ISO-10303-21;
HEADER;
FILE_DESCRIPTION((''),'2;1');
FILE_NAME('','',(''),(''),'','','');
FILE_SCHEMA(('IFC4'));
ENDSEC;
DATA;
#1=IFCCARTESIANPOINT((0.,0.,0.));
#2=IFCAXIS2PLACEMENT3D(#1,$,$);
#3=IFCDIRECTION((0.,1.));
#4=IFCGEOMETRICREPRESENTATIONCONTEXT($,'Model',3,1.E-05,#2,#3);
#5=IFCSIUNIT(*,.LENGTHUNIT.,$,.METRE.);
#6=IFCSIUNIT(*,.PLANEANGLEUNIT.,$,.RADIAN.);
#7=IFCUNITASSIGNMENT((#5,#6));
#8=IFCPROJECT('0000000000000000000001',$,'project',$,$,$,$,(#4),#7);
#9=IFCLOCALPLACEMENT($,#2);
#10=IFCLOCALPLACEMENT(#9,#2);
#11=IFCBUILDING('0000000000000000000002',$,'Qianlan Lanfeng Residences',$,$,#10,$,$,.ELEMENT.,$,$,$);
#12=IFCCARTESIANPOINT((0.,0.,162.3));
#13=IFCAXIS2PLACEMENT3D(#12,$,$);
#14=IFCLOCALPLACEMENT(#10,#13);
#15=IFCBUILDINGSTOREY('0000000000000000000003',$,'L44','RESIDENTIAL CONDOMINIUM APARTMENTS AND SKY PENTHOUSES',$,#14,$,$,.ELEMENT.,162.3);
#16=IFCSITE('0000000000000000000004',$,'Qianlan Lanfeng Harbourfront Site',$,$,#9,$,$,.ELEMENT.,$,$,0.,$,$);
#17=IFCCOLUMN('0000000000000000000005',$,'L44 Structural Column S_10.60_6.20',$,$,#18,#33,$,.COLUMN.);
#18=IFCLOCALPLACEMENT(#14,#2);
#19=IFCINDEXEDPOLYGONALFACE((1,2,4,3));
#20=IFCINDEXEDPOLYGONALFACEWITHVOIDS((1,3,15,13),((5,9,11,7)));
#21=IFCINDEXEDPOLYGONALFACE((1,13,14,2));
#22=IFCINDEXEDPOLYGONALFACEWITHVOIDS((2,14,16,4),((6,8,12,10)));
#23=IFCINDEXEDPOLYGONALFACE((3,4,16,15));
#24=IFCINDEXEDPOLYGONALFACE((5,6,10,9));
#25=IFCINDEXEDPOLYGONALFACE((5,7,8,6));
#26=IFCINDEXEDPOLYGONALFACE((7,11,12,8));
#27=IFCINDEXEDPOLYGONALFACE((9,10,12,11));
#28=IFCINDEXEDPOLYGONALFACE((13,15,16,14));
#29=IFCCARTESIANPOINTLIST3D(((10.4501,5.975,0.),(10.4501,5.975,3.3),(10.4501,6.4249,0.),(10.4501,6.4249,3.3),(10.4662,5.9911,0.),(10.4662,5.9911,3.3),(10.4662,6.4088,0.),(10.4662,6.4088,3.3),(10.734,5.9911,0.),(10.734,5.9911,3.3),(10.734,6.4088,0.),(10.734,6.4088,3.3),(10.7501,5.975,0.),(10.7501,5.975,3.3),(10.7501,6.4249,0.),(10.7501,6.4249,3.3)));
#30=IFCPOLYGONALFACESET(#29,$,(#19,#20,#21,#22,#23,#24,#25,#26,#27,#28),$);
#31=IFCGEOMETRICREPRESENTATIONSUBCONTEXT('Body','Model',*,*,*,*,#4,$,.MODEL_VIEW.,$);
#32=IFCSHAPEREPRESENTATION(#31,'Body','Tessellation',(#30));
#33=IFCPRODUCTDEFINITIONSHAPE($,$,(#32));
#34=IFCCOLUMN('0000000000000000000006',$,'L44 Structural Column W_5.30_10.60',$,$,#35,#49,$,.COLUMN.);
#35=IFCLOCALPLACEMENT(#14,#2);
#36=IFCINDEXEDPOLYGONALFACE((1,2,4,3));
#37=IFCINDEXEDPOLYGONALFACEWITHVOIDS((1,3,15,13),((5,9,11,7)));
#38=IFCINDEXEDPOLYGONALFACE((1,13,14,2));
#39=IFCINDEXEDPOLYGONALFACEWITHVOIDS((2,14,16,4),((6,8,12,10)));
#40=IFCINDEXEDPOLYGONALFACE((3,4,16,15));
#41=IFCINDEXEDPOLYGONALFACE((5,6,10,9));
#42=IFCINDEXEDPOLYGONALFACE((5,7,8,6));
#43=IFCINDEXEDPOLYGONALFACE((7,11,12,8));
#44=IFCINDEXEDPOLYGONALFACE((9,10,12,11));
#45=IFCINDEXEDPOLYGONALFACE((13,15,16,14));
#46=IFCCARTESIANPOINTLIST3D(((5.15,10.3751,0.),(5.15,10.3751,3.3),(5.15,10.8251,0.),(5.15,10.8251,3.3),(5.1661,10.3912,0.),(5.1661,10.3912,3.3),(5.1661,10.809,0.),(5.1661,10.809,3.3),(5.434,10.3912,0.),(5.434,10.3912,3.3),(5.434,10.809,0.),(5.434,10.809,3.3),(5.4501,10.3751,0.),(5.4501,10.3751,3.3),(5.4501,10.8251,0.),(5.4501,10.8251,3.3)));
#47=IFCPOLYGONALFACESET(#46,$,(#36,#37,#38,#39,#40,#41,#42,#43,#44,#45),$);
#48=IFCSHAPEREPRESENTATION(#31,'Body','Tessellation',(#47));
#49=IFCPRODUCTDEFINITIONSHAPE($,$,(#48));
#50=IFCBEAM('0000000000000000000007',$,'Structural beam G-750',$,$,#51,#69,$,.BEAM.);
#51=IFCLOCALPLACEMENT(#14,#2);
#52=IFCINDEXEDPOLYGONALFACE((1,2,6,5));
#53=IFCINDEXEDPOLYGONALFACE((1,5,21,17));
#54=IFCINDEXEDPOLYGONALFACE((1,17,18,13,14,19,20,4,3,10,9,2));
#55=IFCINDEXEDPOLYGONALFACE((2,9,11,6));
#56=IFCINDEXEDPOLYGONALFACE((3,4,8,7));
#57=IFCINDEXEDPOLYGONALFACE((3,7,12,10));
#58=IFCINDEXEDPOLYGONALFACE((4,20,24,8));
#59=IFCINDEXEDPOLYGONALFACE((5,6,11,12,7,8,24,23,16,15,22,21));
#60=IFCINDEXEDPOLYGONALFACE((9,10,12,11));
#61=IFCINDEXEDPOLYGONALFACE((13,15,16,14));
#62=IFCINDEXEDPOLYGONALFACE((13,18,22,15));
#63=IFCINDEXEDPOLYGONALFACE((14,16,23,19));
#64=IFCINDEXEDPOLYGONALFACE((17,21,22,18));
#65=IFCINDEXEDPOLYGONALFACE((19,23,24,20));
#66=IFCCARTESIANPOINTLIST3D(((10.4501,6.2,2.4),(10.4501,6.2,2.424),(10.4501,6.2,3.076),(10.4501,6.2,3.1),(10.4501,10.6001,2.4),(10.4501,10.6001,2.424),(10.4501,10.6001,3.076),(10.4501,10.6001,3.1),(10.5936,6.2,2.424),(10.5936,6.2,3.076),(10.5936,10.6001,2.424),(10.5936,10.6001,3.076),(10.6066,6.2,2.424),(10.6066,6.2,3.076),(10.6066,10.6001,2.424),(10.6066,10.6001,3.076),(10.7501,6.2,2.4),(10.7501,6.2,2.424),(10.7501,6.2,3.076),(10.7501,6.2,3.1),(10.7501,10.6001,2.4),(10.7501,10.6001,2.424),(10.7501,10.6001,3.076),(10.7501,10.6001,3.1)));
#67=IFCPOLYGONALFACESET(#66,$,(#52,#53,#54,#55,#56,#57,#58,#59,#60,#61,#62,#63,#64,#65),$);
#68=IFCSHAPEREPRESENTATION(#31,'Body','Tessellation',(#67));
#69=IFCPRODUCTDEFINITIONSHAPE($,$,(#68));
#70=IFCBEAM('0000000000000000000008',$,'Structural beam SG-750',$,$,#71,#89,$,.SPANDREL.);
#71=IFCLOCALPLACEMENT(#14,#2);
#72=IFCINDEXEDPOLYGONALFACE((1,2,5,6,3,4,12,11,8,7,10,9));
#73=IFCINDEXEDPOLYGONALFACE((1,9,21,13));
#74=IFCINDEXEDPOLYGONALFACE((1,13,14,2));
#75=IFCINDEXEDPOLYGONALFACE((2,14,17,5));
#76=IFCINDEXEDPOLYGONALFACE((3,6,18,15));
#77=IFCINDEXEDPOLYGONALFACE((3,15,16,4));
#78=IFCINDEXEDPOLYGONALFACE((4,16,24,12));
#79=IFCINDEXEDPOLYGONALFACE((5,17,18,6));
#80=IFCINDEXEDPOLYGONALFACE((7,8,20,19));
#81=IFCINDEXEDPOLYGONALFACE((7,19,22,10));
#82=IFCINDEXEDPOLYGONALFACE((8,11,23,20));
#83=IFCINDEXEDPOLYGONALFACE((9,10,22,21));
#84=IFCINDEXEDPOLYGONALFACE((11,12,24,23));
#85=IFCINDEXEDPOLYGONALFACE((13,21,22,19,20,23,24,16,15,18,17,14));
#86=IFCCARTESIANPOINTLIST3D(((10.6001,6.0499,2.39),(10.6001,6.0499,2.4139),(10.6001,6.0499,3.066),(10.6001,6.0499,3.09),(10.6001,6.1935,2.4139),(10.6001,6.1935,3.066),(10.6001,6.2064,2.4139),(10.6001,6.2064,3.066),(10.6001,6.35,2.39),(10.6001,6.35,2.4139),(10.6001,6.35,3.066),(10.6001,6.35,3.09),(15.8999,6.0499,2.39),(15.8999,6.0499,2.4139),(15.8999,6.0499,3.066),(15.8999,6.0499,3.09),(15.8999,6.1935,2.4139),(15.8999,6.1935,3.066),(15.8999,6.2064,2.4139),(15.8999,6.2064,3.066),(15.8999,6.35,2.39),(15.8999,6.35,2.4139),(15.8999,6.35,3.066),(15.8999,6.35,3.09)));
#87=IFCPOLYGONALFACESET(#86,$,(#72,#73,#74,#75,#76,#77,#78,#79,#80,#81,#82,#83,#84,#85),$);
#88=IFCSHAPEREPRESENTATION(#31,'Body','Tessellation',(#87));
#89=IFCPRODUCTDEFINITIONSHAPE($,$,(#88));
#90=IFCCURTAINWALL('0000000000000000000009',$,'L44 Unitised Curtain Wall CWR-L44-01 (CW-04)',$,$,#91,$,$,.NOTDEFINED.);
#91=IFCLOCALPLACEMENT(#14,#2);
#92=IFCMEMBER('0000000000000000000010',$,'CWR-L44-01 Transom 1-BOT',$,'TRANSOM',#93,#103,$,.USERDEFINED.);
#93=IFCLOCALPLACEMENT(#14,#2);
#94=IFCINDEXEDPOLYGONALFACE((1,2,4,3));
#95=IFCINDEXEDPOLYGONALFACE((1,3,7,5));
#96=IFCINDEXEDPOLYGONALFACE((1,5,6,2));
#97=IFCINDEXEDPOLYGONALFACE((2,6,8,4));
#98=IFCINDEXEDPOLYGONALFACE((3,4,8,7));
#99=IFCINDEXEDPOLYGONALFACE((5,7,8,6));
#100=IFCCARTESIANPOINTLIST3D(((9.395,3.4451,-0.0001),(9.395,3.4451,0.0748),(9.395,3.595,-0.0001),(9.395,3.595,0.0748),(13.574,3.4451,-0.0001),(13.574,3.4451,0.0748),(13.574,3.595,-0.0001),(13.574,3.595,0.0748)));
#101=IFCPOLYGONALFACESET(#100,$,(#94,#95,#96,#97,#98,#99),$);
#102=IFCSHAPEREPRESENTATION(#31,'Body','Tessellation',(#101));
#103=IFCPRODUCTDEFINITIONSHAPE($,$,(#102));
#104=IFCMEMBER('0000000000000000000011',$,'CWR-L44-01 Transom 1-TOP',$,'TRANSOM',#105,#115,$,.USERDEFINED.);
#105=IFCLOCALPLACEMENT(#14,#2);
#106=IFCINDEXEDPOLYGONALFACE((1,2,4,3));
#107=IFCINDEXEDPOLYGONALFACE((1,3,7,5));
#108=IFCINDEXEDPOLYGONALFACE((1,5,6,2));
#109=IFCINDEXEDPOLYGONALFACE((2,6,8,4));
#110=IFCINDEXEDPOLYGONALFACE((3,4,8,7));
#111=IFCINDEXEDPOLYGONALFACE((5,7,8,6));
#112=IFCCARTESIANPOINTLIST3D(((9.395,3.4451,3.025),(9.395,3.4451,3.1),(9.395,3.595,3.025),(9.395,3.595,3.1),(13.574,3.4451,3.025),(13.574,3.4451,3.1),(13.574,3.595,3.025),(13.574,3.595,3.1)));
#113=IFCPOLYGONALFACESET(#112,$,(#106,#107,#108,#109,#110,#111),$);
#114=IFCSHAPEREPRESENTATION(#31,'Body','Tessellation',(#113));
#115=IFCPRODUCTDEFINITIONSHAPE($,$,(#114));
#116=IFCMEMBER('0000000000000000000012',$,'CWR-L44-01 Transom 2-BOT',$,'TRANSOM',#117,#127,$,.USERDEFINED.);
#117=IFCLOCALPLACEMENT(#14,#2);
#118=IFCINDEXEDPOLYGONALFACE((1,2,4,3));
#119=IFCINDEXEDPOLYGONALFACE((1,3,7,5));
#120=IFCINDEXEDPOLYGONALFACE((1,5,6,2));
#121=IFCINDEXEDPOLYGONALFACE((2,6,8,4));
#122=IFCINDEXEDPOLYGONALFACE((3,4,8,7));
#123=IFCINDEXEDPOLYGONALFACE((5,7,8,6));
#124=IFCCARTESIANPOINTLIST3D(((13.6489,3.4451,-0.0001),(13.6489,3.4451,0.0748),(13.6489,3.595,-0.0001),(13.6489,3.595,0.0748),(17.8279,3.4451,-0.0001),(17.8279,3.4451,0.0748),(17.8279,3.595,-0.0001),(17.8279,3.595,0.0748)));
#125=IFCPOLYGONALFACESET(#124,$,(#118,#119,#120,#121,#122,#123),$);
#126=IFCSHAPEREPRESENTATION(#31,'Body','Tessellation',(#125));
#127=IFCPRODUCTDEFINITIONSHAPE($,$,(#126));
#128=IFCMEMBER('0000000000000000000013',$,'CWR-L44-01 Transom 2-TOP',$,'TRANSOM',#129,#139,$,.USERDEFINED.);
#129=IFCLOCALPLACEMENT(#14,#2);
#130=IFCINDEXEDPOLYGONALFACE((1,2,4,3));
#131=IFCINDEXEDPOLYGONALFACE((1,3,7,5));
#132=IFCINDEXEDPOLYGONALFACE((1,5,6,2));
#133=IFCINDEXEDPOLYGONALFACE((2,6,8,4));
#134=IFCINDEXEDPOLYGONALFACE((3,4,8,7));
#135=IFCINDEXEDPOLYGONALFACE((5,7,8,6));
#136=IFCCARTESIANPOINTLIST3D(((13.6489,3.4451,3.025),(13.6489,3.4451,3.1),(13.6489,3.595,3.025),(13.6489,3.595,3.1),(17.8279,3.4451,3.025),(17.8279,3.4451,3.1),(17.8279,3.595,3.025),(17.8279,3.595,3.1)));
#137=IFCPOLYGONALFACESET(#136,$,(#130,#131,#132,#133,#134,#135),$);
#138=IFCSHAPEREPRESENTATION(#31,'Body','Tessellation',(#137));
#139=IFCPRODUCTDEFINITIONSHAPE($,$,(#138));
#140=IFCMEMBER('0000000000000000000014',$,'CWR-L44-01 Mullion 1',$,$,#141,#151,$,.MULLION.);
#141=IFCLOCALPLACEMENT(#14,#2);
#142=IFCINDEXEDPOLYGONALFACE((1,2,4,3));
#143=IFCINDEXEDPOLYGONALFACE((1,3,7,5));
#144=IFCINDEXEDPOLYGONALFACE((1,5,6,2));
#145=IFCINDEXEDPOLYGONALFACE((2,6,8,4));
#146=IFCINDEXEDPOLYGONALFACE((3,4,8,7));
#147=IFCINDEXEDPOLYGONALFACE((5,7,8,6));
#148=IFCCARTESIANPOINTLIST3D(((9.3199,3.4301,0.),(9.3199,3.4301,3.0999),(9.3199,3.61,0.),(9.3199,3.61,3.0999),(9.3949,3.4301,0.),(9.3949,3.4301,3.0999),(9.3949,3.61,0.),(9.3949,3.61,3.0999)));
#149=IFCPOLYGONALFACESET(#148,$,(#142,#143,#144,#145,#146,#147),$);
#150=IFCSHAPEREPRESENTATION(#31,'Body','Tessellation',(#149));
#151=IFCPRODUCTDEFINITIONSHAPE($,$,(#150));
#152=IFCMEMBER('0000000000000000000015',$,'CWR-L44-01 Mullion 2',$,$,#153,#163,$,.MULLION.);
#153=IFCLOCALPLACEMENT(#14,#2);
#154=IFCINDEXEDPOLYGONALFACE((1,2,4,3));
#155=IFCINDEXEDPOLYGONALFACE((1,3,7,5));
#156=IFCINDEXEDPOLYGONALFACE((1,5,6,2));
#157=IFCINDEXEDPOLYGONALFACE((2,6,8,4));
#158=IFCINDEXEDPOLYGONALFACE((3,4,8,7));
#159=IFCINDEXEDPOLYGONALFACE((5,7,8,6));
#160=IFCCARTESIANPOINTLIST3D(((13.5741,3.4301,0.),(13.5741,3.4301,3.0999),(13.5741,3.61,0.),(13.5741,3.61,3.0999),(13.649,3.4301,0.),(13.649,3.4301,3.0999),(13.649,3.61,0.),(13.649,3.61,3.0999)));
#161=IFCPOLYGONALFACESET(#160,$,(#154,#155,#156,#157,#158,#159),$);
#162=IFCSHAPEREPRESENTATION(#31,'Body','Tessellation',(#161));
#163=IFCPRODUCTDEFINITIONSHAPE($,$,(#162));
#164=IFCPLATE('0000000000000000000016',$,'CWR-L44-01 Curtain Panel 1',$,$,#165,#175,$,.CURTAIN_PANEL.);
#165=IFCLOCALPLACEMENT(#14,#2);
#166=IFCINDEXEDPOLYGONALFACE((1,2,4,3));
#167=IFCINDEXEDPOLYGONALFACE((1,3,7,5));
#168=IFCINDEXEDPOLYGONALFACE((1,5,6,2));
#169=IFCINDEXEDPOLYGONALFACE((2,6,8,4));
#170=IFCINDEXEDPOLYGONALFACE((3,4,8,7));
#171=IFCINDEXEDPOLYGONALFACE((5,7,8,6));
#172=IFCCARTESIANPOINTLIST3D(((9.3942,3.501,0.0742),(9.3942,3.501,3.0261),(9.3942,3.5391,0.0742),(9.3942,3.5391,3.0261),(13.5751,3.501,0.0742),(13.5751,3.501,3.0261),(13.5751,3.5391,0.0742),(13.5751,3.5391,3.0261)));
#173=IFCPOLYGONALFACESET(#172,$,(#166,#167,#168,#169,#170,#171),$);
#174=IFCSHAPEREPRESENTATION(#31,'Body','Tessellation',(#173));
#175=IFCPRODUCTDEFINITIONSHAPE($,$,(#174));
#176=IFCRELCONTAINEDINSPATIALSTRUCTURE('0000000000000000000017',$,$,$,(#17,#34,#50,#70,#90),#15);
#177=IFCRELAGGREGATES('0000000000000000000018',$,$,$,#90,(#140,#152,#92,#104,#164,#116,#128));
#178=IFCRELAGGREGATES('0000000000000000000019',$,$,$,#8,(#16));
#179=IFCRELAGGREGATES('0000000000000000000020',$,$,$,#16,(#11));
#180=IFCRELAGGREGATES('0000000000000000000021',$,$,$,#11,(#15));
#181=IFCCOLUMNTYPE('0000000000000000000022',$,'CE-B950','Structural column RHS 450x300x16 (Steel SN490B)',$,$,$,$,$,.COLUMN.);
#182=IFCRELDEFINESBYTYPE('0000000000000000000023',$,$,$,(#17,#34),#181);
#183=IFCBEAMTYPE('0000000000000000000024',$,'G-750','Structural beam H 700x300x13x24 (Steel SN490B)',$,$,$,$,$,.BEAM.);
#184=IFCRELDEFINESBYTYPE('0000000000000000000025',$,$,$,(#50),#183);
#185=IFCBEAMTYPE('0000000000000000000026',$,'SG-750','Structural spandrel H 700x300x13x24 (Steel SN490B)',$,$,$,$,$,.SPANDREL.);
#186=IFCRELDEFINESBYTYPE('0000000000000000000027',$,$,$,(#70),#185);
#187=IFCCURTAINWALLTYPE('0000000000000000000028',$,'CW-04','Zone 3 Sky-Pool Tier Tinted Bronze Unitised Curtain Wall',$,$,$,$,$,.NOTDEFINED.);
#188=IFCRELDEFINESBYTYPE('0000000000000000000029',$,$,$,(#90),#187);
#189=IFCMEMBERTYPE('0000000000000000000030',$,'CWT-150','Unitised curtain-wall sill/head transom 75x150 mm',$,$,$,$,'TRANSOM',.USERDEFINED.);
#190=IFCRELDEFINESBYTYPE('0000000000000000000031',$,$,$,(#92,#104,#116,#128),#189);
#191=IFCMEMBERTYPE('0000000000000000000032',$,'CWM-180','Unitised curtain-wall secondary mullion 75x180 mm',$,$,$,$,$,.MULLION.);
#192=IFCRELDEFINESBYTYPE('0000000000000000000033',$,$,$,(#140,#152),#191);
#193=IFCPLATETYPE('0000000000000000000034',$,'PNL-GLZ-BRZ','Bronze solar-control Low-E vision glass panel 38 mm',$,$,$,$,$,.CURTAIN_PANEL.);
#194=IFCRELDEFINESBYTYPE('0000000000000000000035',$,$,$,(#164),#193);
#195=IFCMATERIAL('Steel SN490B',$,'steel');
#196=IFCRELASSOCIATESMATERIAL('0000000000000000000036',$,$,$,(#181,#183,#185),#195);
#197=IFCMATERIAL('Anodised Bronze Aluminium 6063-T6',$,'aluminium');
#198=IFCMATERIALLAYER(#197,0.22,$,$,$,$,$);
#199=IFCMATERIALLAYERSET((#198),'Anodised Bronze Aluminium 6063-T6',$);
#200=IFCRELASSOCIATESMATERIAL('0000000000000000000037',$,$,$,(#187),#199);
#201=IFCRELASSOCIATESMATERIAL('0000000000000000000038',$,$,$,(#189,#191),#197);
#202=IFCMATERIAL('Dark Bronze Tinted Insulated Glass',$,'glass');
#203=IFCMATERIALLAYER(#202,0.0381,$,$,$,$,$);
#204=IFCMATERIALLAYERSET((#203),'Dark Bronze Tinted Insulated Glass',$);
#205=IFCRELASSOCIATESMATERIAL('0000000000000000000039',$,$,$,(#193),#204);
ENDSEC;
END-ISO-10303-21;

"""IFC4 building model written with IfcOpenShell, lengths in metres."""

from ifc_helpers import new_model, si_unit, direction, frame, origin, origin_2d, place, context, subcontext, project, spatial, rectangle, hollow_rectangle, i_section, extrude, source, transform, mapped, material, layer, layer_set, material_profile, profile_set, type_object, element, aggregate, save


model = new_model("IFC4")

# Units and contexts
model_context = context("Model", 3, precision=1e-05, world=origin(), true_north=direction((0.0, 1.0)))
body_context = subcontext(model_context, "Body", "Model", "MODEL_VIEW")
ifc_project = project(units=[si_unit("LENGTHUNIT", "METRE"), si_unit("PLANEANGLEUNIT", "RADIAN")], contexts=[model_context])

# Site, building, storey
site_placement = place(None, origin())
site = spatial("IfcSite", under=ifc_project, at=site_placement, Name="Qianlan Lanfeng Harbourfront Site", CompositionType="ELEMENT", RefElevation=0.0)
building_placement = place(site_placement, origin())
building = spatial("IfcBuilding", under=site, at=building_placement, Name="Qianlan Lanfeng Residences", CompositionType="ELEMENT")
storey_placement = place(building_placement, frame((0.0, 0.0, 162.3)))
storey = spatial("IfcBuildingStorey", under=building, at=storey_placement, Name="L44", Description="RESIDENTIAL CONDOMINIUM APARTMENTS AND SKY PENTHOUSES", CompositionType="ELEMENT", Elevation=162.3)

# Columns
ifc_material_1 = material(Name="Steel SN490B", Category="steel")
ifc_material_profile_1 = material_profile(ifc_material_1, hollow_rectangle(XDim=0.3, YDim=0.45, WallThickness=0.0161, at=origin_2d()), Name="RHS 450x300x16")
ifc_profile_set_1 = profile_set([ifc_material_profile_1], Name="Steel SN490B")
column_type = type_object("IfcColumnType", Name="CE-B950", Description="Structural column RHS 450x300x16 (Steel SN490B)", PredefinedType="COLUMN", material=ifc_profile_set_1)
for number, where, z_axis, x_axis, name in (
    (1, (10.6001, 6.2, 0.0), (0.0, 0.0, 1.0), (1.0, 0.0, 0.0), "L44 Structural Column S_10.60_6.20"),
    (2, (5.3, 10.6001, 0.0), (0.0, 0.0, 1.0), (1.0, 0.0, 0.0), "L44 Structural Column W_5.30_10.60"),
):
    element("IfcColumn", number, at=place(storey_placement, frame(where, z_axis=z_axis, x_axis=x_axis)), inside=storey, type_object=column_type, Name=name, PredefinedType="COLUMN", context=body_context, shape_type="SweptSolid", body=[
        extrude(hollow_rectangle(XDim=0.3, YDim=0.45, WallThickness=0.0161, at=origin_2d()), origin(), (0.0, 0.0, 1.0), 3.3),
    ])

# Beams
ifc_material_profile_2 = material_profile(ifc_material_1, i_section(OverallWidth=0.3, OverallDepth=0.7, WebThickness=0.0129, FlangeThickness=0.0239, at=origin_2d()), Name="H 700x300x13x24")
ifc_profile_set_2 = profile_set([ifc_material_profile_2], Name="Steel SN490B")
beam_type_1 = type_object("IfcBeamType", Name="G-750", Description="Structural beam H 700x300x13x24 (Steel SN490B)", PredefinedType="BEAM", material=ifc_profile_set_2)
beam_1_placement = place(storey_placement, frame((10.6001, 6.2, 2.75), z_axis=(0.0, 1.0, 0.0), x_axis=(-1.0, 0.0, 0.0)))
element("IfcBeam", 3, at=beam_1_placement, inside=storey, type_object=beam_type_1, Name="Structural beam G-750", PredefinedType="BEAM", context=body_context, shape_type="SweptSolid", body=[
    extrude(i_section(OverallWidth=0.3, OverallDepth=0.7, WebThickness=0.0129, FlangeThickness=0.0239, at=origin_2d()), origin(), (0.0, 0.0, 1.0), 4.4001),
])
ifc_material_profile_3 = material_profile(ifc_material_1, i_section(OverallWidth=0.3, OverallDepth=0.7, WebThickness=0.0129, FlangeThickness=0.0239, at=origin_2d()), Name="H 700x300x13x24")
ifc_profile_set_3 = profile_set([ifc_material_profile_3], Name="Steel SN490B")
beam_type_2 = type_object("IfcBeamType", Name="SG-750", Description="Structural spandrel H 700x300x13x24 (Steel SN490B)", PredefinedType="SPANDREL", material=ifc_profile_set_3)
beam_2_placement = place(storey_placement, frame((10.6001, 6.2, 2.74), z_axis=(1.0, 0.0, 0.0), x_axis=(0.0, 1.0, 0.0)))
element("IfcBeam", 4, at=beam_2_placement, inside=storey, type_object=beam_type_2, Name="Structural beam SG-750", PredefinedType="SPANDREL", context=body_context, shape_type="SweptSolid", body=[
    extrude(i_section(OverallWidth=0.3, OverallDepth=0.7, WebThickness=0.0129, FlangeThickness=0.0239, at=origin_2d()), origin(), (0.0, 0.0, 1.0), 5.2998),
])

# Curtain wall, members, plate
ifc_material_2 = material(Name="Anodised Bronze Aluminium 6063-T6", Category="aluminium")
ifc_layer_1 = layer(ifc_material_2, 0.22)
ifc_layer_set_1 = layer_set([ifc_layer_1], Name="Anodised Bronze Aluminium 6063-T6")
curtain_wall_type = type_object("IfcCurtainWallType", Name="CW-04", Description="Zone 3 Sky-Pool Tier Tinted Bronze Unitised Curtain Wall", PredefinedType="NOTDEFINED", material=ifc_layer_set_1)
curtain_wall_placement = place(storey_placement, origin())
curtain_wall = element("IfcCurtainWall", 5, at=curtain_wall_placement, inside=storey, type_object=curtain_wall_type, Name="L44 Unitised Curtain Wall CWR-L44-01 (CW-04)", PredefinedType="NOTDEFINED")
ifc_material_profile_4 = material_profile(ifc_material_2, rectangle(XDim=0.075, YDim=0.1499, at=origin_2d()), Name="ALU TRANSOM 75x150")
ifc_profile_set_4 = profile_set([ifc_material_profile_4], Name="Anodised Bronze Aluminium 6063-T6")
member_type_1 = type_object("IfcMemberType", Name="CWT-150", Description="Unitised curtain-wall sill/head transom 75x150 mm", ElementType="TRANSOM", PredefinedType="USERDEFINED", material=ifc_profile_set_4)
shared_shape_1 = source(origin(), body_context, "Body", "SweptSolid", [
    extrude(rectangle(XDim=0.075, YDim=0.1499, at=origin_2d()), origin(), (0.0, 0.0, 1.0), 4.179),
])
member_1_placement = place(storey_placement, frame((9.395, 3.52, 0.0374), z_axis=(1.0, 0.0, 0.0), x_axis=(0.0, 0.0, 1.0)))
member_1 = element("IfcMember", 6, at=member_1_placement, type_object=member_type_1, Name="CWR-L44-01 Transom 1-BOT", ObjectType="TRANSOM", PredefinedType="USERDEFINED", context=body_context, shape_type="MappedRepresentation", body=[
    mapped(shared_shape_1, transform((0.0, 0.0, 0.0), scale=1.0)),
])
member_2_placement = place(storey_placement, frame((9.395, 3.52, 3.0625), z_axis=(1.0, 0.0, 0.0), x_axis=(0.0, 0.0, 1.0)))
member_2 = element("IfcMember", 7, at=member_2_placement, type_object=member_type_1, Name="CWR-L44-01 Transom 1-TOP", ObjectType="TRANSOM", PredefinedType="USERDEFINED", context=body_context, shape_type="MappedRepresentation", body=[
    mapped(shared_shape_1, transform((0.0, 0.0, 0.0), scale=1.0)),
])
member_3_placement = place(storey_placement, frame((13.6489, 3.52, 0.0374), z_axis=(1.0, 0.0, 0.0), x_axis=(0.0, 0.0, 1.0)))
member_3 = element("IfcMember", 8, at=member_3_placement, type_object=member_type_1, Name="CWR-L44-01 Transom 2-BOT", ObjectType="TRANSOM", PredefinedType="USERDEFINED", context=body_context, shape_type="MappedRepresentation", body=[
    mapped(shared_shape_1, transform((0.0, 0.0, 0.0), scale=1.0)),
])
member_4_placement = place(storey_placement, frame((13.6489, 3.52, 3.0625), z_axis=(1.0, 0.0, 0.0), x_axis=(0.0, 0.0, 1.0)))
member_4 = element("IfcMember", 9, at=member_4_placement, type_object=member_type_1, Name="CWR-L44-01 Transom 2-TOP", ObjectType="TRANSOM", PredefinedType="USERDEFINED", context=body_context, shape_type="MappedRepresentation", body=[
    mapped(shared_shape_1, transform((0.0, 0.0, 0.0), scale=1.0)),
])
ifc_material_profile_5 = material_profile(ifc_material_2, rectangle(XDim=0.075, YDim=0.1799, at=origin_2d()), Name="ALU MULLION 75x180")
ifc_profile_set_5 = profile_set([ifc_material_profile_5], Name="Anodised Bronze Aluminium 6063-T6")
member_type_2 = type_object("IfcMemberType", Name="CWM-180", Description="Unitised curtain-wall secondary mullion 75x180 mm", PredefinedType="MULLION", material=ifc_profile_set_5)
shared_shape_2 = source(origin(), body_context, "Body", "SweptSolid", [
    extrude(rectangle(XDim=0.075, YDim=0.1799, at=origin_2d()), origin(), (0.0, 0.0, 1.0), 3.0999),
])
member_5_placement = place(storey_placement, frame((9.3574, 3.52, 0.0), z_axis=(0.0, 0.0, 1.0), x_axis=(1.0, 0.0, 0.0)))
member_5 = element("IfcMember", 10, at=member_5_placement, type_object=member_type_2, Name="CWR-L44-01 Mullion 1", PredefinedType="MULLION", context=body_context, shape_type="MappedRepresentation", body=[
    mapped(shared_shape_2, transform((0.0, 0.0, 0.0), scale=1.0)),
])
member_6_placement = place(storey_placement, frame((13.6116, 3.52, 0.0), z_axis=(0.0, 0.0, 1.0), x_axis=(1.0, 0.0, 0.0)))
member_6 = element("IfcMember", 11, at=member_6_placement, type_object=member_type_2, Name="CWR-L44-01 Mullion 2", PredefinedType="MULLION", context=body_context, shape_type="MappedRepresentation", body=[
    mapped(shared_shape_2, transform((0.0, 0.0, 0.0), scale=1.0)),
])
ifc_material_3 = material(Name="Dark Bronze Tinted Insulated Glass", Category="glass")
ifc_layer_2 = layer(ifc_material_3, 0.0381)
ifc_layer_set_2 = layer_set([ifc_layer_2], Name="Dark Bronze Tinted Insulated Glass")
plate_type = type_object("IfcPlateType", Name="PNL-GLZ-BRZ", Description="Bronze solar-control Low-E vision glass panel 38 mm", PredefinedType="CURTAIN_PANEL", material=ifc_layer_set_2)
shared_shape_3 = source(origin(), body_context, "Body", "SweptSolid", [
    extrude(rectangle(XDim=4.1809, YDim=0.0381, at=origin_2d()), origin(), (0.0, 0.0, 1.0), 2.9519),
])
plate_placement = place(storey_placement, frame((11.4846, 3.52, 0.0742), z_axis=(0.0, 0.0, 1.0), x_axis=(1.0, 0.0, 0.0)))
plate = element("IfcPlate", 12, at=plate_placement, type_object=plate_type, Name="CWR-L44-01 Curtain Panel 1", PredefinedType="CURTAIN_PANEL", context=body_context, shape_type="MappedRepresentation", body=[
    mapped(shared_shape_3, transform((0.0, 0.0, 0.0), scale=1.0)),
])
aggregate(curtain_wall, [member_5, member_6, member_1, member_2, plate, member_3, member_4])

save(model, "model.ifc")
